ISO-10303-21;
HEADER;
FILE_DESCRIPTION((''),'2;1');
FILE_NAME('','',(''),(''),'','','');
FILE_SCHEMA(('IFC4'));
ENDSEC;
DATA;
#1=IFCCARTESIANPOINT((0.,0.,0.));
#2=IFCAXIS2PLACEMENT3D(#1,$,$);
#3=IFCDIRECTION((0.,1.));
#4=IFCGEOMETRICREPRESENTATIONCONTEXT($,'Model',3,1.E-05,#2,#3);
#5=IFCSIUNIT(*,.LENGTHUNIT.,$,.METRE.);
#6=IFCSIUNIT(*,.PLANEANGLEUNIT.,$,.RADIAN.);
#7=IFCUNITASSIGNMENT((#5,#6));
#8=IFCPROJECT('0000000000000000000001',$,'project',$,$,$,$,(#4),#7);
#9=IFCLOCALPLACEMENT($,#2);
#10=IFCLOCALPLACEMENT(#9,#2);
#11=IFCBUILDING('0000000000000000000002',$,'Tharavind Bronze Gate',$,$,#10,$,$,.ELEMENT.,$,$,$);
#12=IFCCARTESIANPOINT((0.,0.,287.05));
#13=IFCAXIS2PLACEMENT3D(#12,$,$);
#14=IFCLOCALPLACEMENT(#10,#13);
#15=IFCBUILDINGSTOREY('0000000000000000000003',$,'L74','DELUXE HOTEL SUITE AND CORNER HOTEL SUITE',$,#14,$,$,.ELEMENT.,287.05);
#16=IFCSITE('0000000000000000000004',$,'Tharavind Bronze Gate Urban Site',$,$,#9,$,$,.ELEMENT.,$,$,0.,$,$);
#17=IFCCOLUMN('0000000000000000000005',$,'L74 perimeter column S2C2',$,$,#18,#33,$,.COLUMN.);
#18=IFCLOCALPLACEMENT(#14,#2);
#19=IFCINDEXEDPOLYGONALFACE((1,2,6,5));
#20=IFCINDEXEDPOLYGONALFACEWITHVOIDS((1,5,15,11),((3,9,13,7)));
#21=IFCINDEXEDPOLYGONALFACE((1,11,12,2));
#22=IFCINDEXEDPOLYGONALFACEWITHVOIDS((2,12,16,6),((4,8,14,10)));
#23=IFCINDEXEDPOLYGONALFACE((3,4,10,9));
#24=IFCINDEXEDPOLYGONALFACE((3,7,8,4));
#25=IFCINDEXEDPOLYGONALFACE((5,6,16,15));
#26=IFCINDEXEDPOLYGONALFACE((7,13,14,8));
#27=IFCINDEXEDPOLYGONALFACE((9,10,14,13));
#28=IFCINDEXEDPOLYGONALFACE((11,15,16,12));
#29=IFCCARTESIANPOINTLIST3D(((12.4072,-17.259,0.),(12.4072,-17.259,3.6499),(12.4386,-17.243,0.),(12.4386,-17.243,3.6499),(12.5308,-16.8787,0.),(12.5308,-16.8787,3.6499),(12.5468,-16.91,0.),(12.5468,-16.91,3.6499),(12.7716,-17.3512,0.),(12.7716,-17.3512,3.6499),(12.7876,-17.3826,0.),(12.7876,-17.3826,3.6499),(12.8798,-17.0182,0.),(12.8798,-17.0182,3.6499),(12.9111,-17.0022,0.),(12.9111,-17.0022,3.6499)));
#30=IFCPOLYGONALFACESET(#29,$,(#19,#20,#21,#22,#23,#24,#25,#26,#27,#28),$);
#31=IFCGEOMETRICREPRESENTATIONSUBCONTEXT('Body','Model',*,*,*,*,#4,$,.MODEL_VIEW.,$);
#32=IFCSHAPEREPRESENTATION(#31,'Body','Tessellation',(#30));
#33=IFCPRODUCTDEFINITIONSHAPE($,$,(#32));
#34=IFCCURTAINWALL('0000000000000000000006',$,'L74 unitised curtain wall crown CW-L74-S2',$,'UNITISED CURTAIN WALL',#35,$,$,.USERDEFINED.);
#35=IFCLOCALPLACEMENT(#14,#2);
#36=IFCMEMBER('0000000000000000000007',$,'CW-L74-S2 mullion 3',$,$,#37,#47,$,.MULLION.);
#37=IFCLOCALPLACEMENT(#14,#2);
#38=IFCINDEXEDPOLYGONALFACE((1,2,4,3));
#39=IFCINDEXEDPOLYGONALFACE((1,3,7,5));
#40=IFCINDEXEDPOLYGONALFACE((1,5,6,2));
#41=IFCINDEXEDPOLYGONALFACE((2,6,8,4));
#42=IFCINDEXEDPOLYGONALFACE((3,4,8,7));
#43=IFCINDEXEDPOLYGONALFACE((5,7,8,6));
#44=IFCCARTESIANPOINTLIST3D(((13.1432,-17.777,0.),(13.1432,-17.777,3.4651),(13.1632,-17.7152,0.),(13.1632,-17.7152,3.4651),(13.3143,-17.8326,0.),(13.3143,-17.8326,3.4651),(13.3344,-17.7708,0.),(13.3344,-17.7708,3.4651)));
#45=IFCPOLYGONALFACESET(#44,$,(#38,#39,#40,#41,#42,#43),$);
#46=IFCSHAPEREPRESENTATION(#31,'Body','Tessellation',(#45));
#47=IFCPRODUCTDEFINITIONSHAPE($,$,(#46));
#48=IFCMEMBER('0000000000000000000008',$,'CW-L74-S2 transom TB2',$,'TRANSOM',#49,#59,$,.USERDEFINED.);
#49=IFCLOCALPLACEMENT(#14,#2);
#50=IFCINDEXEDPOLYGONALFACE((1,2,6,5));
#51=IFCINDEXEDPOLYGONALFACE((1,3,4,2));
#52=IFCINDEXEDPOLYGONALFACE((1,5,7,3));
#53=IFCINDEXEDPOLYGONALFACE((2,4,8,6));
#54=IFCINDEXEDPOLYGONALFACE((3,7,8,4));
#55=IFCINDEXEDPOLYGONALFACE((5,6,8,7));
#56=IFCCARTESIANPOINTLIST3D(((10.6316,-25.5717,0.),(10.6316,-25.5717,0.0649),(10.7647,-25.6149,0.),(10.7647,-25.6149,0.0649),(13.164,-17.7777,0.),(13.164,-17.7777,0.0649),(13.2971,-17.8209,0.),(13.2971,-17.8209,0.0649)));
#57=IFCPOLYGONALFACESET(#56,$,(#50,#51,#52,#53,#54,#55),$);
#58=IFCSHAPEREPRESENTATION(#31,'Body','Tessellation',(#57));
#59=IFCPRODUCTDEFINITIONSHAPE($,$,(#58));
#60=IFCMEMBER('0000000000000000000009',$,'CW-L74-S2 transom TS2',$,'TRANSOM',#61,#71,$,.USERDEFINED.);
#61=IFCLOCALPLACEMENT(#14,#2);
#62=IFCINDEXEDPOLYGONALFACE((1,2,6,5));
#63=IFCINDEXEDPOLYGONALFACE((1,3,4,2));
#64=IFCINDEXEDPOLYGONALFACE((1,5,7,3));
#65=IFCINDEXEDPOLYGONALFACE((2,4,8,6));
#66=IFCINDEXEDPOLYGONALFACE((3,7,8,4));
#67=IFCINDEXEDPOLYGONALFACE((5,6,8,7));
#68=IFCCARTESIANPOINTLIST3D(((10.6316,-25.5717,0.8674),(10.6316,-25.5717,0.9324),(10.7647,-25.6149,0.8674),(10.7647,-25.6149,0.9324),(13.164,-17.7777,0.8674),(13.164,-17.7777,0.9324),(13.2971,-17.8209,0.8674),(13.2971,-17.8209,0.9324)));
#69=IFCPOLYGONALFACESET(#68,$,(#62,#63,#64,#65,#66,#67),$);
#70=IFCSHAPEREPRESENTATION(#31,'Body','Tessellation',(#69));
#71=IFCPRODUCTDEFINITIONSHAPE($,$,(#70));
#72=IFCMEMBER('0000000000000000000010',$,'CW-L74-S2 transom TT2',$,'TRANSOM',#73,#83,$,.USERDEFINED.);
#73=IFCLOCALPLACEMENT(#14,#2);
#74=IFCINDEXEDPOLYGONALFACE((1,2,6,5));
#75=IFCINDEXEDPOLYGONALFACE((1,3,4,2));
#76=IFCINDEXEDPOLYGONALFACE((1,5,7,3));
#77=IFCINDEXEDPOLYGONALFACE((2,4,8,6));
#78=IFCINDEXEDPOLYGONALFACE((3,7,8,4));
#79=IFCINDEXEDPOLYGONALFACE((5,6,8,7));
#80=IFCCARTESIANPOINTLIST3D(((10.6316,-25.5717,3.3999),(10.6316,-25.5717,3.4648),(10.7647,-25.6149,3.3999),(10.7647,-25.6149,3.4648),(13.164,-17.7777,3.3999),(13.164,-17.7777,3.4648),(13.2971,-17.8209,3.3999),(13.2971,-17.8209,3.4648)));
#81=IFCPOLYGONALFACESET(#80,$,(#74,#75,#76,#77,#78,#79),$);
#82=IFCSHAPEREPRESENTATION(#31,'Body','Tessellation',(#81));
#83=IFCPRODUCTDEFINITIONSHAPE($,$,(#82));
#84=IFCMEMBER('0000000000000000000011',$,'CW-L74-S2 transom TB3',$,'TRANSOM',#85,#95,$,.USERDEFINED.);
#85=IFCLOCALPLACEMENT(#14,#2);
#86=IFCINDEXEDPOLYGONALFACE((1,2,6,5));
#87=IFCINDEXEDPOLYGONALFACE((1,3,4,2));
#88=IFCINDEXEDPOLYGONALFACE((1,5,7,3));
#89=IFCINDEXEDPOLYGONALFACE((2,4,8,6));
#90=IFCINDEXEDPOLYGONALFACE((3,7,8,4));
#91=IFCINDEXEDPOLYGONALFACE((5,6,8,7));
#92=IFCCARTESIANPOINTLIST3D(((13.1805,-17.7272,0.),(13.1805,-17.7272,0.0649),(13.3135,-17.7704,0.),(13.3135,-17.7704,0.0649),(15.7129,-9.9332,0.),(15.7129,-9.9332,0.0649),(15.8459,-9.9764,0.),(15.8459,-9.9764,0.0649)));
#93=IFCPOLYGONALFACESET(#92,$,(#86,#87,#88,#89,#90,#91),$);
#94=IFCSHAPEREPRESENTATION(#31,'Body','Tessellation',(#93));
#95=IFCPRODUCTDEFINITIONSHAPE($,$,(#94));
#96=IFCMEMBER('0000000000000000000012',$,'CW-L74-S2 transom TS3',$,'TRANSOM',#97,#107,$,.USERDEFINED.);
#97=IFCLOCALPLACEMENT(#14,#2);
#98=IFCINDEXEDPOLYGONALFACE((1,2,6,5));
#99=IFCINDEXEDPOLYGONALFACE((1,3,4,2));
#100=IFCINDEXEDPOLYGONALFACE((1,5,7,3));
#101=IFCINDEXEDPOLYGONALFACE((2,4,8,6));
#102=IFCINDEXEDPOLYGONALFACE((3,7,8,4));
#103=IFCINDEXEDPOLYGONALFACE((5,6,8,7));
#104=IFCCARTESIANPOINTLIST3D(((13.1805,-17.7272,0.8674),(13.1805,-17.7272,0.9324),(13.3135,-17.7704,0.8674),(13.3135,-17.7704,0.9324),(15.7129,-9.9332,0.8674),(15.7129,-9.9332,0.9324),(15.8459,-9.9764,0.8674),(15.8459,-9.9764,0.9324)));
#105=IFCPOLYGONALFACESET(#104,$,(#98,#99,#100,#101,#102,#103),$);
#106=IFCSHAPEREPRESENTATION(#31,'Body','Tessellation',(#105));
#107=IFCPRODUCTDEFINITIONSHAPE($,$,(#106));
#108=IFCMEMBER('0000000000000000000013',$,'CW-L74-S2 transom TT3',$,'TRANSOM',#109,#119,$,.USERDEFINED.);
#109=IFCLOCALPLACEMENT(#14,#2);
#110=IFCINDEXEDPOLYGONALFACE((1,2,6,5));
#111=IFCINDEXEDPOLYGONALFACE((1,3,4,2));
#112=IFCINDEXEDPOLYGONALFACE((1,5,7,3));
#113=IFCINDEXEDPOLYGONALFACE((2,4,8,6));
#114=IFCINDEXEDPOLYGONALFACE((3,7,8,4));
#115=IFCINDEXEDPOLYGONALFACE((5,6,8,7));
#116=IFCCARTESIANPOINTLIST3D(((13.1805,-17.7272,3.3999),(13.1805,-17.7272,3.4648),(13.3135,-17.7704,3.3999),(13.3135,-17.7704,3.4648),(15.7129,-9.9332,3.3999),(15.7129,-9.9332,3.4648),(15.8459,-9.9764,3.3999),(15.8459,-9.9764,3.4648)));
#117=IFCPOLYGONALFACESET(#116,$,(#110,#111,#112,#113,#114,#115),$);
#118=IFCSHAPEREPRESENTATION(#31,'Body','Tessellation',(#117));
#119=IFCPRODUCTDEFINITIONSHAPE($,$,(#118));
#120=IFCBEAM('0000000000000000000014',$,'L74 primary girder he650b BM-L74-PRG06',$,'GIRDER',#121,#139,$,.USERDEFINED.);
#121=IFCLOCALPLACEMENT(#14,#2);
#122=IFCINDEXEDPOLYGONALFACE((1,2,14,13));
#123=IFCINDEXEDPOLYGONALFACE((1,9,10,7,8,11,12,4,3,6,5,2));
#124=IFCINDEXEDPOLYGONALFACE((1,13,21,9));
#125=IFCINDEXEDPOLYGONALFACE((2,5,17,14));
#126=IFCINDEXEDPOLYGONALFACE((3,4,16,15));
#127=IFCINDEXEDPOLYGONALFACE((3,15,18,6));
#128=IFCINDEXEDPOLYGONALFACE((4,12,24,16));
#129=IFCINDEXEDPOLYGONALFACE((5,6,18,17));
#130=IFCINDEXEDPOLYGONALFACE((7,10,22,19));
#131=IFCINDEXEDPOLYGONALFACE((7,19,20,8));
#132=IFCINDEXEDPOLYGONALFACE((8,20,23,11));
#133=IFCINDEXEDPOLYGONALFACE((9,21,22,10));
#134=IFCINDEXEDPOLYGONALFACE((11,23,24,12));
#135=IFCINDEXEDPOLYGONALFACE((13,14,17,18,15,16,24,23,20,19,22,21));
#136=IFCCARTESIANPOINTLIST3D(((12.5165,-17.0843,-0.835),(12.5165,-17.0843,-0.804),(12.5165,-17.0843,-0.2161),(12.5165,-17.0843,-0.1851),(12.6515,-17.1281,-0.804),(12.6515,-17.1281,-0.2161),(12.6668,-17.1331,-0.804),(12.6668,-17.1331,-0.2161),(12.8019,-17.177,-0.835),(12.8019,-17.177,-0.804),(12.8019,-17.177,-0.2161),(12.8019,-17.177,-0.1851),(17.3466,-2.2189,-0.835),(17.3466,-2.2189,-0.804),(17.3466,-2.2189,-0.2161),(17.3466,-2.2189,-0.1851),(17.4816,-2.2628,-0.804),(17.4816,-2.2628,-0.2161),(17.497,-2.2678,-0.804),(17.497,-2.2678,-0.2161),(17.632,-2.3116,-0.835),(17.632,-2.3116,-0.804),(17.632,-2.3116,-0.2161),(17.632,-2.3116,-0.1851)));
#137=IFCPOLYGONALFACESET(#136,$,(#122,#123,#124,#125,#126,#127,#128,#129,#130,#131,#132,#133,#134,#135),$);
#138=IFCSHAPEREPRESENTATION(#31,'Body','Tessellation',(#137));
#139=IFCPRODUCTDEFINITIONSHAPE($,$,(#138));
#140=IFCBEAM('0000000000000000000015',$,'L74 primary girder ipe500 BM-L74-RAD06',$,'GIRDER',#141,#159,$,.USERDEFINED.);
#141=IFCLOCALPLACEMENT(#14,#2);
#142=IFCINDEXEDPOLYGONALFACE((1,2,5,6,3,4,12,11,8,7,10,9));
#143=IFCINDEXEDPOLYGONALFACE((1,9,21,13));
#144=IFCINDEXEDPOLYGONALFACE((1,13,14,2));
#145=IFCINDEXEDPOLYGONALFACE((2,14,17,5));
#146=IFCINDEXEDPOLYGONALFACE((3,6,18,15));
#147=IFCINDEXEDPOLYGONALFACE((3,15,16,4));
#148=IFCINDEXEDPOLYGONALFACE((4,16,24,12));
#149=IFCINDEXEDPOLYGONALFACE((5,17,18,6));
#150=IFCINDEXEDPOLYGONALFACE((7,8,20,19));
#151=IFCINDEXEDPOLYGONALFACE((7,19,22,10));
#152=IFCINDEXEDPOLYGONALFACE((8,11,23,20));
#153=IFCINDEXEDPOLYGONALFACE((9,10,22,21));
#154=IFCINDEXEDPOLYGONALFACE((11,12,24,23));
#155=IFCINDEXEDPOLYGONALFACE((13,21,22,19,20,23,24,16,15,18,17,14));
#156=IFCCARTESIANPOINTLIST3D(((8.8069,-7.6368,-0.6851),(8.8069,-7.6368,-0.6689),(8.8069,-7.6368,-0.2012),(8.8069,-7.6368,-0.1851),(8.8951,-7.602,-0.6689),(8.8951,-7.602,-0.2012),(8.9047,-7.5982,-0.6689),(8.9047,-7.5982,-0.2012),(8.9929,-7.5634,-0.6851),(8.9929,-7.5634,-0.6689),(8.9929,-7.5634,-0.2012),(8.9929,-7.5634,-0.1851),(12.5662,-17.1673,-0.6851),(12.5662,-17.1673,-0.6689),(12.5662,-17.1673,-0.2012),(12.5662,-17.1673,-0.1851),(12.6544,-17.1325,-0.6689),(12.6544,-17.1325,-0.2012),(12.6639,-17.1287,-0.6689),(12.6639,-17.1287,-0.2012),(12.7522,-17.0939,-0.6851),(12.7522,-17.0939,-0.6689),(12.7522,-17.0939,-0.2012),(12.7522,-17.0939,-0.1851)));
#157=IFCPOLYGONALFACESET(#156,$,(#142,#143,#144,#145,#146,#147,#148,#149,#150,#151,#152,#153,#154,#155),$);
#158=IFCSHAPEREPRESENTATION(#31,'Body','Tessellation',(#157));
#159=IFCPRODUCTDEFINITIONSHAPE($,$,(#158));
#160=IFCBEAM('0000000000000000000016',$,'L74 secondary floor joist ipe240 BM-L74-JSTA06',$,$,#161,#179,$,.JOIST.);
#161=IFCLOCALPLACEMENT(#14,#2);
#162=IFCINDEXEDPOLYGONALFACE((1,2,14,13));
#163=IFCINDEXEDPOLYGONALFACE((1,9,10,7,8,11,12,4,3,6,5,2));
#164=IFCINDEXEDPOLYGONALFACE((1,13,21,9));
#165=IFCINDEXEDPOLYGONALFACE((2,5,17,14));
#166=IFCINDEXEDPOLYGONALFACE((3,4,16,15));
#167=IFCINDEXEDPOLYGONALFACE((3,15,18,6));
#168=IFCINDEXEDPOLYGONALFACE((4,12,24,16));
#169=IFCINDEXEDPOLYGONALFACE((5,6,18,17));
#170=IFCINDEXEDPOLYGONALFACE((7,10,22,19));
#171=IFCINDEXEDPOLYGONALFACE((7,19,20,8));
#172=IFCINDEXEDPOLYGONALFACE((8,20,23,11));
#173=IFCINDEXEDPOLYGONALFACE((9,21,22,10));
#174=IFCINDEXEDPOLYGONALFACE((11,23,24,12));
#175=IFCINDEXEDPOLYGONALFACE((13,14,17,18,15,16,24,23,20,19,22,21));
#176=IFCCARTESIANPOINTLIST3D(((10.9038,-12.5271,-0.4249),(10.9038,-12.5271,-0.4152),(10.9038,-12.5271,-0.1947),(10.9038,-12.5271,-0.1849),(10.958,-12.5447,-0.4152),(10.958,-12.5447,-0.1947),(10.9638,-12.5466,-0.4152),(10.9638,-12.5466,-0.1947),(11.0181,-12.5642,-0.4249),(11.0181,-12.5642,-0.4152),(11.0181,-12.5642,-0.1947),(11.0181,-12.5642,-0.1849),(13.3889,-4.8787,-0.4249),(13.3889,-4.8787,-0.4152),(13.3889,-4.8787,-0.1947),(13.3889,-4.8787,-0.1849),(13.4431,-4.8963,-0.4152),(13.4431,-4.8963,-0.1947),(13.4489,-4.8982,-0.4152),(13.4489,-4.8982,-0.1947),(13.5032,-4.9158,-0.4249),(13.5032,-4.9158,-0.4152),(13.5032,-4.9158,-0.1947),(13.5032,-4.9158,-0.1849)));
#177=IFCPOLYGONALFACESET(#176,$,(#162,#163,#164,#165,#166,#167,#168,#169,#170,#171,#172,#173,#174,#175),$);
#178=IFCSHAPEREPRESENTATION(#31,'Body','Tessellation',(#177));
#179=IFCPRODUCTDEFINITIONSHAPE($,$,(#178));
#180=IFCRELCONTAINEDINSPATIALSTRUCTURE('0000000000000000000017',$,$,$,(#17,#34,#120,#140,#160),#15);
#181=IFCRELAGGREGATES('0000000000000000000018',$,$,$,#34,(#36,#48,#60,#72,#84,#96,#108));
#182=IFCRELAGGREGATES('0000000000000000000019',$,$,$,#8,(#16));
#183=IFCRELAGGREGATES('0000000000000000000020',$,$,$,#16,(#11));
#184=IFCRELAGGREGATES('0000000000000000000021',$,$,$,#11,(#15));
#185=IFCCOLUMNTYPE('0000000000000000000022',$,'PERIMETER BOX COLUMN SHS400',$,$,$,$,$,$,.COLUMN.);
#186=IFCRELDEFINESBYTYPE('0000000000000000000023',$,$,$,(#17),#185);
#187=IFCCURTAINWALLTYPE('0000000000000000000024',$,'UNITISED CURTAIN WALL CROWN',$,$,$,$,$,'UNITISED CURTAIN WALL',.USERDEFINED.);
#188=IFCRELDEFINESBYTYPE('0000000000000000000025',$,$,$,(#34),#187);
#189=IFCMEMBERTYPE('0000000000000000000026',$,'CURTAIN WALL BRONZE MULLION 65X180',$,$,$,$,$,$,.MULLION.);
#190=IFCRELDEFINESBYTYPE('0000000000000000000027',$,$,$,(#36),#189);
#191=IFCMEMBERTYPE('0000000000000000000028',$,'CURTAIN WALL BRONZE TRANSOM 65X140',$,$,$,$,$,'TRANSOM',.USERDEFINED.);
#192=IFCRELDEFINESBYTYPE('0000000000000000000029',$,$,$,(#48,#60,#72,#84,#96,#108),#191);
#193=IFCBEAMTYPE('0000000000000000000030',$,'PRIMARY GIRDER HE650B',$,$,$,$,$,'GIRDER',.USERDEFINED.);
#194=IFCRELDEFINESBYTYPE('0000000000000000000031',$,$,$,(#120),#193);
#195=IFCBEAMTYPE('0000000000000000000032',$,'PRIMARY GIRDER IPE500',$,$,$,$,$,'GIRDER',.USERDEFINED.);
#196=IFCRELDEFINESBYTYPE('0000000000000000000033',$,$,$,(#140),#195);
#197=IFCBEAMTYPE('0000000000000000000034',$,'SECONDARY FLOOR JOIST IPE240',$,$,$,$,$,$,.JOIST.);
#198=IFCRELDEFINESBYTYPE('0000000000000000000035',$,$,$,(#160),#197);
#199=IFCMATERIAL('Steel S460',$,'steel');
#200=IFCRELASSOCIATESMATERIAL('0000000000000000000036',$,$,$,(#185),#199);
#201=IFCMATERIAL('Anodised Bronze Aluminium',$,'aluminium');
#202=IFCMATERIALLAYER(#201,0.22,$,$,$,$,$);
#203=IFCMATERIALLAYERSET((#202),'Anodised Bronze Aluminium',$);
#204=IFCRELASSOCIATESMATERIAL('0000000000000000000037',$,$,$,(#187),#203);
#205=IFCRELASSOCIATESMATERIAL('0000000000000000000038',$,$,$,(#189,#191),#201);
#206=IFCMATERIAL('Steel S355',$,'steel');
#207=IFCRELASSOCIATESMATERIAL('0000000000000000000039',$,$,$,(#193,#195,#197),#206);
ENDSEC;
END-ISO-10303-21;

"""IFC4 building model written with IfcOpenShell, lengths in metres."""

from ifc_helpers import new_model, si_unit, direction, frame, origin, origin_2d, place, context, subcontext, project, spatial, rectangle, hollow_rectangle, i_section, extrude, material, layer, layer_set, material_profile, profile_set, type_object, element, aggregate, save


model = new_model("IFC4")

# Units and contexts
model_context = context("Model", 3, precision=1e-05, world=origin(), true_north=direction((0.0, 1.0)))
body_context = subcontext(model_context, "Body", "Model", "MODEL_VIEW")
ifc_project = project(units=[si_unit("LENGTHUNIT", "METRE"), si_unit("PLANEANGLEUNIT", "RADIAN")], contexts=[model_context])

# Site, building, storey
site_placement = place(None, origin())
site = spatial("IfcSite", under=ifc_project, at=site_placement, Name="Tharavind Bronze Gate Urban Site", CompositionType="ELEMENT", RefElevation=0.0)
building_placement = place(site_placement, origin())
building = spatial("IfcBuilding", under=site, at=building_placement, Name="Tharavind Bronze Gate", CompositionType="ELEMENT")
storey_placement = place(building_placement, frame((0.0, 0.0, 287.05)))
storey = spatial("IfcBuildingStorey", under=building, at=storey_placement, Name="L74", Description="DELUXE HOTEL SUITE AND CORNER HOTEL SUITE", CompositionType="ELEMENT", Elevation=287.05)

# Column
ifc_material_1 = material(Name="Steel S460", Category="steel")
ifc_material_profile_1 = material_profile(ifc_material_1, hollow_rectangle(XDim=0.3999, YDim=0.3999, WallThickness=0.0249, at=origin_2d()), Name="SHS400X25")
ifc_profile_set_1 = profile_set([ifc_material_profile_1], Name="Steel S460")
column_type = type_object("IfcColumnType", Name="PERIMETER BOX COLUMN SHS400", PredefinedType="COLUMN", material=ifc_profile_set_1)
column_placement = place(storey_placement, frame((12.6592, -17.1306, 0.0), z_axis=(0.0, 0.0, 1.0), x_axis=(0.309019, 0.951056, 0.0)))
element("IfcColumn", 1, at=column_placement, inside=storey, type_object=column_type, Name="L74 perimeter column S2C2", PredefinedType="COLUMN", context=body_context, shape_type="SweptSolid", body=[
    extrude(hollow_rectangle(XDim=0.3999, YDim=0.3999, WallThickness=0.0249, at=origin_2d()), origin(), (0.0, 0.0, 1.0), 3.6499),
])

# Curtain wall, members
ifc_material_2 = material(Name="Anodised Bronze Aluminium", Category="aluminium")
ifc_layer_1 = layer(ifc_material_2, 0.22)
ifc_layer_set_1 = layer_set([ifc_layer_1], Name="Anodised Bronze Aluminium")
curtain_wall_type = type_object("IfcCurtainWallType", Name="UNITISED CURTAIN WALL CROWN", ElementType="UNITISED CURTAIN WALL", PredefinedType="USERDEFINED", material=ifc_layer_set_1)
curtain_wall_placement = place(storey_placement, origin())
curtain_wall = element("IfcCurtainWall", 2, at=curtain_wall_placement, inside=storey, type_object=curtain_wall_type, Name="L74 unitised curtain wall crown CW-L74-S2", ObjectType="UNITISED CURTAIN WALL", PredefinedType="USERDEFINED")
member_type_1 = type_object("IfcMemberType", Name="CURTAIN WALL BRONZE MULLION 65X180", PredefinedType="MULLION", material=ifc_material_2)
member_1_placement = place(storey_placement, frame((13.2388, -17.7739, 0.0), z_axis=(0.0, 0.0, 1.0), x_axis=(0.309017, 0.951057, 0.0)))
member_1 = element("IfcMember", 3, at=member_1_placement, type_object=member_type_1, Name="CW-L74-S2 mullion 3", PredefinedType="MULLION", context=body_context, shape_type="SweptSolid", body=[
    extrude(rectangle(XDim=0.0649, YDim=0.1799, at=origin_2d()), origin(), (0.0, 0.0, 1.0), 3.4651),
])
member_type_2 = type_object("IfcMemberType", Name="CURTAIN WALL BRONZE TRANSOM 65X140", ElementType="TRANSOM", PredefinedType="USERDEFINED", material=ifc_material_2)
member_2_placement = place(storey_placement, frame((11.9644, -21.6963, 0.0), z_axis=(0.0, 0.0, 1.0), x_axis=(0.309017, 0.951057, 0.0)))
member_2 = element("IfcMember", 4, at=member_2_placement, type_object=member_type_2, Name="CW-L74-S2 transom TB2", ObjectType="TRANSOM", PredefinedType="USERDEFINED", context=body_context, shape_type="SweptSolid", body=[
    extrude(rectangle(XDim=8.1951, YDim=0.1399, at=origin_2d()), origin(), (0.0, 0.0, 1.0), 0.0649),
])
member_3_placement = place(storey_placement, frame((11.9644, -21.6963, 0.8674), z_axis=(0.0, 0.0, 1.0), x_axis=(0.309017, 0.951057, 0.0)))
member_3 = element("IfcMember", 5, at=member_3_placement, type_object=member_type_2, Name="CW-L74-S2 transom TS2", ObjectType="TRANSOM", PredefinedType="USERDEFINED", context=body_context, shape_type="SweptSolid", body=[
    extrude(rectangle(XDim=8.1951, YDim=0.1399, at=origin_2d()), origin(), (0.0, 0.0, 1.0), 0.0649),
])
member_4_placement = place(storey_placement, frame((11.9644, -21.6963, 3.3999), z_axis=(0.0, 0.0, 1.0), x_axis=(0.309017, 0.951057, 0.0)))
member_4 = element("IfcMember", 6, at=member_4_placement, type_object=member_type_2, Name="CW-L74-S2 transom TT2", ObjectType="TRANSOM", PredefinedType="USERDEFINED", context=body_context, shape_type="SweptSolid", body=[
    extrude(rectangle(XDim=8.1951, YDim=0.1399, at=origin_2d()), origin(), (0.0, 0.0, 1.0), 0.0649),
])
member_5_placement = place(storey_placement, frame((14.5132, -13.8518, 0.0), z_axis=(0.0, 0.0, 1.0), x_axis=(0.309017, 0.951057, 0.0)))
member_5 = element("IfcMember", 7, at=member_5_placement, type_object=member_type_2, Name="CW-L74-S2 transom TB3", ObjectType="TRANSOM", PredefinedType="USERDEFINED", context=body_context, shape_type="SweptSolid", body=[
    extrude(rectangle(XDim=8.1951, YDim=0.1399, at=origin_2d()), origin(), (0.0, 0.0, 1.0), 0.0649),
])
member_6_placement = place(storey_placement, frame((14.5132, -13.8518, 0.8674), z_axis=(0.0, 0.0, 1.0), x_axis=(0.309017, 0.951057, 0.0)))
member_6 = element("IfcMember", 8, at=member_6_placement, type_object=member_type_2, Name="CW-L74-S2 transom TS3", ObjectType="TRANSOM", PredefinedType="USERDEFINED", context=body_context, shape_type="SweptSolid", body=[
    extrude(rectangle(XDim=8.1951, YDim=0.1399, at=origin_2d()), origin(), (0.0, 0.0, 1.0), 0.0649),
])
member_7_placement = place(storey_placement, frame((14.5132, -13.8518, 3.3999), z_axis=(0.0, 0.0, 1.0), x_axis=(0.309017, 0.951057, 0.0)))
member_7 = element("IfcMember", 9, at=member_7_placement, type_object=member_type_2, Name="CW-L74-S2 transom TT3", ObjectType="TRANSOM", PredefinedType="USERDEFINED", context=body_context, shape_type="SweptSolid", body=[
    extrude(rectangle(XDim=8.1951, YDim=0.1399, at=origin_2d()), origin(), (0.0, 0.0, 1.0), 0.0649),
])

# Beams
ifc_material_3 = material(Name="Steel S355", Category="steel")
ifc_material_profile_2 = material_profile(ifc_material_3, i_section(OverallWidth=0.3, OverallDepth=0.6499, WebThickness=0.0161, FlangeThickness=0.031, at=origin_2d()), Name="HE650B")
ifc_profile_set_2 = profile_set([ifc_material_profile_2], Name="Steel S355")
beam_type_1 = type_object("IfcBeamType", Name="PRIMARY GIRDER HE650B", ElementType="GIRDER", PredefinedType="USERDEFINED", material=ifc_profile_set_2)
beam_1_placement = place(storey_placement, frame((12.6592, -17.1306, -0.51), z_axis=(0.309021, 0.951055, 0.0), x_axis=(-0.951055, 0.309021, 0.0)))
element("IfcBeam", 10, at=beam_1_placement, inside=storey, type_object=beam_type_1, Name="L74 primary girder he650b BM-L74-PRG06", ObjectType="GIRDER", PredefinedType="USERDEFINED", context=body_context, shape_type="SweptSolid", body=[
    extrude(i_section(OverallWidth=0.3, OverallDepth=0.6499, WebThickness=0.0161, FlangeThickness=0.031, at=origin_2d()), origin(), (0.0, 0.0, 1.0), 15.6304),
])
ifc_material_profile_3 = material_profile(ifc_material_3, i_section(OverallWidth=0.2, OverallDepth=0.5, WebThickness=0.0103, FlangeThickness=0.0161, at=origin_2d()), Name="IPE500")
ifc_profile_set_3 = profile_set([ifc_material_profile_3], Name="Steel S355")
beam_type_2 = type_object("IfcBeamType", Name="PRIMARY GIRDER IPE500", ElementType="GIRDER", PredefinedType="USERDEFINED", material=ifc_profile_set_3)
beam_2_placement = place(storey_placement, frame((12.6592, -17.1306, -0.4351), z_axis=(-0.366933, 0.930247, 0.0), x_axis=(-0.930247, -0.366933, 0.0)))
element("IfcBeam", 11, at=beam_2_placement, inside=storey, type_object=beam_type_2, Name="L74 primary girder ipe500 BM-L74-RAD06", ObjectType="GIRDER", PredefinedType="USERDEFINED", context=body_context, shape_type="SweptSolid", body=[
    extrude(i_section(OverallWidth=0.2, OverallDepth=0.5, WebThickness=0.0103, FlangeThickness=0.0161, at=origin_2d()), origin(), (0.0, 0.0, 1.0), 10.2451),
])
ifc_material_profile_4 = material_profile(ifc_material_3, i_section(OverallWidth=0.1201, OverallDepth=0.24, WebThickness=0.0061, FlangeThickness=0.0098, at=origin_2d()), Name="IPE240")
ifc_profile_set_4 = profile_set([ifc_material_profile_4], Name="Steel S355")
beam_type_3 = type_object("IfcBeamType", Name="SECONDARY FLOOR JOIST IPE240", PredefinedType="JOIST", material=ifc_profile_set_4)
beam_3_placement = place(storey_placement, frame((10.9609, -12.5457, -0.3049), z_axis=(0.309015, 0.951057, 0.0), x_axis=(-0.951057, 0.309015, 0.0)))
element("IfcBeam", 12, at=beam_3_placement, inside=storey, type_object=beam_type_3, Name="L74 secondary floor joist ipe240 BM-L74-JSTA06", PredefinedType="JOIST", context=body_context, shape_type="SweptSolid", body=[
    extrude(i_section(OverallWidth=0.1201, OverallDepth=0.24, WebThickness=0.0061, FlangeThickness=0.0098, at=origin_2d()), origin(), (0.0, 0.0, 1.0), 8.042),
])

aggregate(curtain_wall, [member_1, member_2, member_3, member_4, member_5, member_6, member_7])

save(model, "model.ifc")
